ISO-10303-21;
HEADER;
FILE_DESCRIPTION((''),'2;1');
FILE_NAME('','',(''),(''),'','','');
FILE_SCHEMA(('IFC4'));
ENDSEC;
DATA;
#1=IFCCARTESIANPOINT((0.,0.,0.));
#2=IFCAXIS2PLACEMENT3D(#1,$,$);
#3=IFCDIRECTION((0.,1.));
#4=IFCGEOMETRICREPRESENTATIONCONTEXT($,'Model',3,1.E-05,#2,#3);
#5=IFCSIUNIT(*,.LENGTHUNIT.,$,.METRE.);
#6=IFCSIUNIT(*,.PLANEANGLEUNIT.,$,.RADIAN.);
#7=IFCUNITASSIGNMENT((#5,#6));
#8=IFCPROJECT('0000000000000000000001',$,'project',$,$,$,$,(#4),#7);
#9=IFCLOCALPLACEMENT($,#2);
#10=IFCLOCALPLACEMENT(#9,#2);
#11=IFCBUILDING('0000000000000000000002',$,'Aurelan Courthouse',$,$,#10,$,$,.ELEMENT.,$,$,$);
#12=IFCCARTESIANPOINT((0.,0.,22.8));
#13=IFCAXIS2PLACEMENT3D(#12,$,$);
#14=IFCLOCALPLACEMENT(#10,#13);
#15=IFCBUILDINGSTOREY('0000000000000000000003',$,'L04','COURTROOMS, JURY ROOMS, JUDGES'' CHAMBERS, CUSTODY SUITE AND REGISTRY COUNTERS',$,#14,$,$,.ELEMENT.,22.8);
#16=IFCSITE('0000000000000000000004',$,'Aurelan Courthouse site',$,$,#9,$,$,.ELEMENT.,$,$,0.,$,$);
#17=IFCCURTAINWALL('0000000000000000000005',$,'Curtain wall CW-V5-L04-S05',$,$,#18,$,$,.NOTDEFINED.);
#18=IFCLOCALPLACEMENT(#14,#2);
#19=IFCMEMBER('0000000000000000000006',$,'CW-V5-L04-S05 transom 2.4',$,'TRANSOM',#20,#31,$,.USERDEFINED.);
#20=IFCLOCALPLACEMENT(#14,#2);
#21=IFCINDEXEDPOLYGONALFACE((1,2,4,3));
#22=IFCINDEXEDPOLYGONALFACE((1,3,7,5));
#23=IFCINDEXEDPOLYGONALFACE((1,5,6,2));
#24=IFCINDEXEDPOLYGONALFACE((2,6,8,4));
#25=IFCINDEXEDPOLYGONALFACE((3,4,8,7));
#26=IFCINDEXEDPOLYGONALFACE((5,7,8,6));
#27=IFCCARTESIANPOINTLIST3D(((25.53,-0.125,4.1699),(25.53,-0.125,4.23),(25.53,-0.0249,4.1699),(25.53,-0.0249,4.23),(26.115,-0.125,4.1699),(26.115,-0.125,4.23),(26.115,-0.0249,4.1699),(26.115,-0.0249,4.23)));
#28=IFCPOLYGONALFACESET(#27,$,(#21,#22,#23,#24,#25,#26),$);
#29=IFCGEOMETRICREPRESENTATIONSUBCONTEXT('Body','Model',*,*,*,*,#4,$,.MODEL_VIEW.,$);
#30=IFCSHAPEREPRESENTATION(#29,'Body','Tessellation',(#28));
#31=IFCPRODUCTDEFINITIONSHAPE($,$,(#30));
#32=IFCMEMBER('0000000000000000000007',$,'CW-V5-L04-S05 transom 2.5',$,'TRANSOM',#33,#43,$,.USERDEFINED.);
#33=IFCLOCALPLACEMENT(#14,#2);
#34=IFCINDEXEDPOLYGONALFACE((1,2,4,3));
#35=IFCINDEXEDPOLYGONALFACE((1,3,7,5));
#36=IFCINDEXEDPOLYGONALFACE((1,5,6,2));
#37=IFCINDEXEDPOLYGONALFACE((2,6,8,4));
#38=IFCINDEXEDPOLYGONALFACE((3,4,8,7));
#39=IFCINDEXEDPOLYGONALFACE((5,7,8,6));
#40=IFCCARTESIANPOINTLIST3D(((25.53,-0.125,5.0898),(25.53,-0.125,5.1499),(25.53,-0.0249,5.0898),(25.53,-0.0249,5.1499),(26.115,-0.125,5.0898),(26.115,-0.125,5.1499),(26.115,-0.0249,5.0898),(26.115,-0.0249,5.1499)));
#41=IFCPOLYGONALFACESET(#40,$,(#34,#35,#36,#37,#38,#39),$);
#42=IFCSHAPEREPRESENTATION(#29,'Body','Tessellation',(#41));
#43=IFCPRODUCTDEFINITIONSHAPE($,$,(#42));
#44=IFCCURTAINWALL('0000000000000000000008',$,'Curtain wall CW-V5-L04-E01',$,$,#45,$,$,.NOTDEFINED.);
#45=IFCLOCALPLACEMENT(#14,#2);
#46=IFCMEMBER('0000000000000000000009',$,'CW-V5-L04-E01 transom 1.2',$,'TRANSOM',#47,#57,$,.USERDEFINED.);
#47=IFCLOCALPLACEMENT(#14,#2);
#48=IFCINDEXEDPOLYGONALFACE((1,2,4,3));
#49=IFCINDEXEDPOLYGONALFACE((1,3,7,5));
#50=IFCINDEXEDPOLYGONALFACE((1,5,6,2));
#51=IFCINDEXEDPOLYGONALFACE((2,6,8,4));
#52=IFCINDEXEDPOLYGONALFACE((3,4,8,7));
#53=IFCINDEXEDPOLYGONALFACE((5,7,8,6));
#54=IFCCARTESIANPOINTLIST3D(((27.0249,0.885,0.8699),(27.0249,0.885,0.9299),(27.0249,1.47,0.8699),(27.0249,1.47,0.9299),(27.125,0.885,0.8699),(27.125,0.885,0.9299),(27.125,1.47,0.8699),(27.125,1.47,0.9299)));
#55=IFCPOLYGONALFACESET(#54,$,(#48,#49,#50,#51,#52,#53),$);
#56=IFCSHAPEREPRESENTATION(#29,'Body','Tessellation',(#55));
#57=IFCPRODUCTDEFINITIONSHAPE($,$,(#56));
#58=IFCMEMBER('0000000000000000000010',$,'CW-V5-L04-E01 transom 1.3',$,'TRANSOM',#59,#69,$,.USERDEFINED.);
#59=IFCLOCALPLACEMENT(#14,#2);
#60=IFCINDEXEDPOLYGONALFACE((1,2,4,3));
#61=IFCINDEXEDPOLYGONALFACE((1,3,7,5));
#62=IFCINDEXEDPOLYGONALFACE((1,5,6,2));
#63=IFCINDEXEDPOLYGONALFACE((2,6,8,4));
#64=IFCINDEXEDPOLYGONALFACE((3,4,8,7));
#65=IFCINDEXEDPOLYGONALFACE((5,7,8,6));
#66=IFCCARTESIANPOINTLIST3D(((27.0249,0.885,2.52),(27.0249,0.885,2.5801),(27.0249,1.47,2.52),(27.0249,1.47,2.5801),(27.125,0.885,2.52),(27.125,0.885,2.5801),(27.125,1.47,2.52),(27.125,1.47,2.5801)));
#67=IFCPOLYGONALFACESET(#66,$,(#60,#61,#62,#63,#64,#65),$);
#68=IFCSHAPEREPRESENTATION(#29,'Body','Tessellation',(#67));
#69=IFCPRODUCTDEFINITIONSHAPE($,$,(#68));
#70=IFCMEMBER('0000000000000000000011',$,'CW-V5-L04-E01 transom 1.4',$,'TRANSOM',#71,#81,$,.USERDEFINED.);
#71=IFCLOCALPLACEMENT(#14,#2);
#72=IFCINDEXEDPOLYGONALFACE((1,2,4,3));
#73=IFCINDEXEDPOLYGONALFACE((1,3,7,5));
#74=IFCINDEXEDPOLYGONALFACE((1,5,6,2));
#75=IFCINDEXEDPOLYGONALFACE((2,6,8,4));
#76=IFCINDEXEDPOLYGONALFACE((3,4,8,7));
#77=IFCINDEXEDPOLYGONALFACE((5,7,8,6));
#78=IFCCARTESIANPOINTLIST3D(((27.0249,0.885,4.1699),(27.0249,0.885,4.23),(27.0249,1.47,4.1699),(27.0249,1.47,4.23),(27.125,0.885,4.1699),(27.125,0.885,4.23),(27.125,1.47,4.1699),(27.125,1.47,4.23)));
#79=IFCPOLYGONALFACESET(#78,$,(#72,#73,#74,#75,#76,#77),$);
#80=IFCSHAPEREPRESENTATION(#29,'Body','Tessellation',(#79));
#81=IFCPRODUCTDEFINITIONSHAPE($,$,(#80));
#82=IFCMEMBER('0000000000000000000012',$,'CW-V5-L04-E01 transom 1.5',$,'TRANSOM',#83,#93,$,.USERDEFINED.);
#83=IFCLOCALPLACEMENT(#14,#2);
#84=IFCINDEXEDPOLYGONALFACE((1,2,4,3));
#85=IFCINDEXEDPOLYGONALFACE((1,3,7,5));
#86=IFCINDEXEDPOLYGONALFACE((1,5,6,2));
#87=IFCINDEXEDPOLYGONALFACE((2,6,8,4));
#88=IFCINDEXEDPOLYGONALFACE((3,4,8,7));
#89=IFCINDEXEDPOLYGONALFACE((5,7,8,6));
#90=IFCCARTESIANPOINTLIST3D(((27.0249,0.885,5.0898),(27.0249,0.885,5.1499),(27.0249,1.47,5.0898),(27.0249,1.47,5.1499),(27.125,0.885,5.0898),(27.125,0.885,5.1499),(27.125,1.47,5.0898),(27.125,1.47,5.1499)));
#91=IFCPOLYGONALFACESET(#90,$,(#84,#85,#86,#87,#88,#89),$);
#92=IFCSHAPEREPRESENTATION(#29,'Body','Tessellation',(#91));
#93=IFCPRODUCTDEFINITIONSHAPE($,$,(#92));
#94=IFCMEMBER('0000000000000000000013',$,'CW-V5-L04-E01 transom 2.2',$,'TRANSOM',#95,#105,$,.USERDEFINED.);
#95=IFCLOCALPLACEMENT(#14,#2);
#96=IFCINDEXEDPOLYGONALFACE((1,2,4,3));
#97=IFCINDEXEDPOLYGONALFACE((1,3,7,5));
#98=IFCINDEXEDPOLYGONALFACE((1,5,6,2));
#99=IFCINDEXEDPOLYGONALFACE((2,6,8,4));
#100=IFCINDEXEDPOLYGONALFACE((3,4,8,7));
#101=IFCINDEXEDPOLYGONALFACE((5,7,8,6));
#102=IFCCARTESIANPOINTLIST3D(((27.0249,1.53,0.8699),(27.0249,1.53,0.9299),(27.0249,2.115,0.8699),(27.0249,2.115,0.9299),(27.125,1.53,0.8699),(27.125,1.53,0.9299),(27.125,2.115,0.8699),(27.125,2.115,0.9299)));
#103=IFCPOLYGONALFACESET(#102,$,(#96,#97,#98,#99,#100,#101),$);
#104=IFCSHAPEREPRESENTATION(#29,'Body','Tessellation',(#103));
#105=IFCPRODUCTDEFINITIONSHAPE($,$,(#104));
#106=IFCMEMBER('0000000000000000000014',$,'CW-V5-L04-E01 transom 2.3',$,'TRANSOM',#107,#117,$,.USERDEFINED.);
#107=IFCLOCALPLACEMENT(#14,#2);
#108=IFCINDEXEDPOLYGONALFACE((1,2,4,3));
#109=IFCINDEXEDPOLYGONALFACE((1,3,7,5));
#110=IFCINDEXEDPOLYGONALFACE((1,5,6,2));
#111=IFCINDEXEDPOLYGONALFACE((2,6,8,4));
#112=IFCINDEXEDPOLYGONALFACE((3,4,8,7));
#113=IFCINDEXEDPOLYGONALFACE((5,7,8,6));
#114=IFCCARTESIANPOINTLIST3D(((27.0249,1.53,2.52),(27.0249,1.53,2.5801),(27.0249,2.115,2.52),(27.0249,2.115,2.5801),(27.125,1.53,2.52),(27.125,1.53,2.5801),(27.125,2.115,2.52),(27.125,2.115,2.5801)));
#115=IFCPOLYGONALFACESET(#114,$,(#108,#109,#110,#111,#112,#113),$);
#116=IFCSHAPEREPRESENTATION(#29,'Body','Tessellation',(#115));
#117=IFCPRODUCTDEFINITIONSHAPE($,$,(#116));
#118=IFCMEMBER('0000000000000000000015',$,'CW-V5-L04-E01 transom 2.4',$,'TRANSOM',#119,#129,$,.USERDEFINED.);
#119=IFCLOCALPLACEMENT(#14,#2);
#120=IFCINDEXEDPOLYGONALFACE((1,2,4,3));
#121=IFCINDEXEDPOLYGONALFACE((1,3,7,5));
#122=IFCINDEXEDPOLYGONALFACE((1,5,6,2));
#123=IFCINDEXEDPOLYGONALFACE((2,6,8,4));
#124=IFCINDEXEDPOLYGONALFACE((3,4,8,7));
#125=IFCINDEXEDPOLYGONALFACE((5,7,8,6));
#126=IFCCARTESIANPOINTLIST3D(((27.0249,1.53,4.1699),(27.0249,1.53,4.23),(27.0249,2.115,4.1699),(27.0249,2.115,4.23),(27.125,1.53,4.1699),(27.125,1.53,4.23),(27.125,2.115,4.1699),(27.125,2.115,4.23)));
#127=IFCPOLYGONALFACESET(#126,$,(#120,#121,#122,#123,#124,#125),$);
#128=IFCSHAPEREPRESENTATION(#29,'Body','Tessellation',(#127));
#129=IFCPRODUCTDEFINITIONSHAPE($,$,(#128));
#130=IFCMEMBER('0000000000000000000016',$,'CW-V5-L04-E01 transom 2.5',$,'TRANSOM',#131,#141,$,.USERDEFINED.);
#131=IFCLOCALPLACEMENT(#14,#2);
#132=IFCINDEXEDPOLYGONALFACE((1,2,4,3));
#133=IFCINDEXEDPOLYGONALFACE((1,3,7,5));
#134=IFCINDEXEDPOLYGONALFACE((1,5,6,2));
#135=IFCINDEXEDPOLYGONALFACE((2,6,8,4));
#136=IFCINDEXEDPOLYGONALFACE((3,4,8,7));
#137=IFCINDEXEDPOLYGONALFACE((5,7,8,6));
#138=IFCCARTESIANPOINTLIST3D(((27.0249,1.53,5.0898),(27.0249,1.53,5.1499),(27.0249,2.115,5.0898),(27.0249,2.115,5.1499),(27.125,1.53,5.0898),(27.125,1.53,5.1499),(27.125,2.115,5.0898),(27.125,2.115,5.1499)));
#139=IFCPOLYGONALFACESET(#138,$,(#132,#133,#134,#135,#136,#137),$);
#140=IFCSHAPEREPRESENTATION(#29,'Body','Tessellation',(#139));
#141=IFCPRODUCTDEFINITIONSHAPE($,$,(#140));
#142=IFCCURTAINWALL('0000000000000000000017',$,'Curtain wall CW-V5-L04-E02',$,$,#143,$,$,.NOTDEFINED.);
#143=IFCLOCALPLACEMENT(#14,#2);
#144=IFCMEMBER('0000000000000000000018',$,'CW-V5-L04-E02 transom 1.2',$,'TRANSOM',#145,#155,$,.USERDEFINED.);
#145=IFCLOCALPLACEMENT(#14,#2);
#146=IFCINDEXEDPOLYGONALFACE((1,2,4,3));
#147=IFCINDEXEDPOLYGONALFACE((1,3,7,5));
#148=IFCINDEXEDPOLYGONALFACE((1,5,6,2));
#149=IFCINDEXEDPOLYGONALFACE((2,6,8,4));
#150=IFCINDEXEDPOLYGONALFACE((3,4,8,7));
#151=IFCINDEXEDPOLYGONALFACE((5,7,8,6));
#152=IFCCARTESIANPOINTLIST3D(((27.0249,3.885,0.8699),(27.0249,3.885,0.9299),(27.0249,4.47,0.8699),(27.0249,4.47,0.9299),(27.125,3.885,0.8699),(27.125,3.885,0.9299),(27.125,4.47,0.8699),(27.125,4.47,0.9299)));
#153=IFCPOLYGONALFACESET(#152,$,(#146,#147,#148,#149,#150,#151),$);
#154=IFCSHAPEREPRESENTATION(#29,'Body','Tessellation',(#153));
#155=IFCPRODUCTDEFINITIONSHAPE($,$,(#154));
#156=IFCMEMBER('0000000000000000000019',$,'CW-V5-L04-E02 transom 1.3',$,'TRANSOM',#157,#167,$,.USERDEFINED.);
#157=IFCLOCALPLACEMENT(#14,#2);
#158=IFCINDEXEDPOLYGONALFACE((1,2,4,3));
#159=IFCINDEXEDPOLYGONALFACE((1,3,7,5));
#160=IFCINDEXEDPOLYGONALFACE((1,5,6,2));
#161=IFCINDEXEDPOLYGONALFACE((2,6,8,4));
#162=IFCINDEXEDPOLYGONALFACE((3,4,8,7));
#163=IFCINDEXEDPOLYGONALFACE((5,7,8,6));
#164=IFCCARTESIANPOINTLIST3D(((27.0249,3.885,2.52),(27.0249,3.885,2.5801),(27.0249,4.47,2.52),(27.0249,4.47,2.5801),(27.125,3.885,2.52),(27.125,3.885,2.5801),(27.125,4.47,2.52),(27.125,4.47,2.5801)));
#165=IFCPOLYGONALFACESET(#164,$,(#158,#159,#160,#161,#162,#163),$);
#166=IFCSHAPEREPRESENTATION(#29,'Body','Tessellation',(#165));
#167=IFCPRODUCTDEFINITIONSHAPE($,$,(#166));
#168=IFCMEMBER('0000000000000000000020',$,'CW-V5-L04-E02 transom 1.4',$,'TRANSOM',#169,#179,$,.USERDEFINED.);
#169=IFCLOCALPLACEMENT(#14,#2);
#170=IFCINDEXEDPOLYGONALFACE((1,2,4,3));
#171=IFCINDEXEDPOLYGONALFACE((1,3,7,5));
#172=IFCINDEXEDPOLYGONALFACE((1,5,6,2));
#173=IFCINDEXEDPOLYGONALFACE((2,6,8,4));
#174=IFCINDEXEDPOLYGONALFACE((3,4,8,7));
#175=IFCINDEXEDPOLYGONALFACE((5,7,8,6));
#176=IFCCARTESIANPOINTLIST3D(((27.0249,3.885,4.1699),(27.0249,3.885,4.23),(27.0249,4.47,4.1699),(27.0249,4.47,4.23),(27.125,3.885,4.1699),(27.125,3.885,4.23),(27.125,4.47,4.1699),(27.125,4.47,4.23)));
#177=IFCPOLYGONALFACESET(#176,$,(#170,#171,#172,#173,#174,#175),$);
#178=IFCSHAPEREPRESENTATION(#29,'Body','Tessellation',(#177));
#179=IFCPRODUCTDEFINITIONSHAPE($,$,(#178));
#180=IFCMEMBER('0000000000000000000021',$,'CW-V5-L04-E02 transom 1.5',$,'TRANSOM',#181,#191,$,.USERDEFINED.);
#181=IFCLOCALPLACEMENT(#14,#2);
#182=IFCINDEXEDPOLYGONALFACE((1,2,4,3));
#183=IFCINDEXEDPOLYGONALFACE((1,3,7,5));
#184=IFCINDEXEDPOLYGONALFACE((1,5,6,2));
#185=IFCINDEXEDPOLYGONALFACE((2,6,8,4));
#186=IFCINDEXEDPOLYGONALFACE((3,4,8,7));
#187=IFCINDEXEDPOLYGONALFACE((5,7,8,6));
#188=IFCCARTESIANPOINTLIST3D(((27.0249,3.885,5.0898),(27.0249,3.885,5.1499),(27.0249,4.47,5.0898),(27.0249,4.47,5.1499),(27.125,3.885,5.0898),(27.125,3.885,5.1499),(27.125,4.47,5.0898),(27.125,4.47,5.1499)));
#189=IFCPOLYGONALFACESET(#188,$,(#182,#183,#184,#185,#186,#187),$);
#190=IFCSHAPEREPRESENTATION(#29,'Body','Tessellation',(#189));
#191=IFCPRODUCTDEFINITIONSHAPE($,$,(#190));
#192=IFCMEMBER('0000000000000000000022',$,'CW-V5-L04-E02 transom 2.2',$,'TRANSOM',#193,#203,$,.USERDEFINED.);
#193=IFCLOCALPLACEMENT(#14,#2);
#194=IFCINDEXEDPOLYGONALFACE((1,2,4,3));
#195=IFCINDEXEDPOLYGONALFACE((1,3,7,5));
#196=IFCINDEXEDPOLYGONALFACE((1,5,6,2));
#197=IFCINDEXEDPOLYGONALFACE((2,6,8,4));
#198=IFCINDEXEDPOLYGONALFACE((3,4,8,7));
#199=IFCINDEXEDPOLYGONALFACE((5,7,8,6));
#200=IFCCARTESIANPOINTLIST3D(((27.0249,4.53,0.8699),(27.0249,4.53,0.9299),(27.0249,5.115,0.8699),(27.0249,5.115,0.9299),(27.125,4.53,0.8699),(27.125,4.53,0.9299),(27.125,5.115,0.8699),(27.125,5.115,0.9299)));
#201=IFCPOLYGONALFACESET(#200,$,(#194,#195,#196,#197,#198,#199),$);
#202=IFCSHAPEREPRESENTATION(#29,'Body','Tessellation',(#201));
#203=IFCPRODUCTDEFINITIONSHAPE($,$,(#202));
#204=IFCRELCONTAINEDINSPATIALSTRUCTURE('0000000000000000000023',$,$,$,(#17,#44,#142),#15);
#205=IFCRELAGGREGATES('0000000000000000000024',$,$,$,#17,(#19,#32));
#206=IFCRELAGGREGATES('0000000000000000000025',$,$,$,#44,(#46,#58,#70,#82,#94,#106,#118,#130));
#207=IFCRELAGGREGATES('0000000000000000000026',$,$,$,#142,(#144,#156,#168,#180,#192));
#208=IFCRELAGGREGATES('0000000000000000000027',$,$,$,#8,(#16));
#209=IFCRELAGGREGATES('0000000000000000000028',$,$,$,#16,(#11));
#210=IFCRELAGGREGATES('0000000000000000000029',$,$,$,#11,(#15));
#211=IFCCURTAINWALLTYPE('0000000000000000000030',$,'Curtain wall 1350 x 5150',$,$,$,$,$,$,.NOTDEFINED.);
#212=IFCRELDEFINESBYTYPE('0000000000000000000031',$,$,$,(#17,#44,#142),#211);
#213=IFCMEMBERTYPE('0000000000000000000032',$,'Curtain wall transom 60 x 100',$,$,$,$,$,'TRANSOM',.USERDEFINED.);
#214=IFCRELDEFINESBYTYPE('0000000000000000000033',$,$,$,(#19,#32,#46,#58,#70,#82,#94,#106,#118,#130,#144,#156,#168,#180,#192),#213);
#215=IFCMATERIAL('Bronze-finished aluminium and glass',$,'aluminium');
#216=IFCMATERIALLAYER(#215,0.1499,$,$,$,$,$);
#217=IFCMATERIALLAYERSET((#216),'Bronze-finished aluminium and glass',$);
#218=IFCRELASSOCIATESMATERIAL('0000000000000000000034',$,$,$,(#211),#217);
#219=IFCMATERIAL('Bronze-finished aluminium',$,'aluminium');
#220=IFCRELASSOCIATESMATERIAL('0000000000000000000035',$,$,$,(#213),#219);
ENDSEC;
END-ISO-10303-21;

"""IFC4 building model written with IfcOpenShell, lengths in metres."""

from ifc_helpers import new_model, si_unit, direction, frame, origin, origin_2d, place, context, subcontext, project, spatial, rectangle, extrude, material, layer, layer_set, material_profile, profile_set, type_object, element, aggregate, save


model = new_model("IFC4")

# Units and contexts
model_context = context("Model", 3, precision=1e-05, world=origin(), true_north=direction((0.0, 1.0)))
body_context = subcontext(model_context, "Body", "Model", "MODEL_VIEW")
ifc_project = project(units=[si_unit("LENGTHUNIT", "METRE"), si_unit("PLANEANGLEUNIT", "RADIAN")], contexts=[model_context])

# Site, building, storey
site_placement = place(None, origin())
site = spatial("IfcSite", under=ifc_project, at=site_placement, Name="Aurelan Courthouse site", CompositionType="ELEMENT", RefElevation=0.0)
building_placement = place(site_placement, origin())
building = spatial("IfcBuilding", under=site, at=building_placement, Name="Aurelan Courthouse", CompositionType="ELEMENT")
storey_placement = place(building_placement, frame((0.0, 0.0, 22.8)))
storey = spatial("IfcBuildingStorey", under=building, at=storey_placement, Name="L04", Description="COURTROOMS, JURY ROOMS, JUDGES' CHAMBERS, CUSTODY SUITE AND REGISTRY COUNTERS", CompositionType="ELEMENT", Elevation=22.8)

# Curtain walls, members
ifc_material_1 = material(Name="Bronze-finished aluminium and glass", Category="aluminium")
ifc_layer_1 = layer(ifc_material_1, 0.1499)
ifc_layer_set_1 = layer_set([ifc_layer_1], Name="Bronze-finished aluminium and glass")
curtain_wall_type = type_object("IfcCurtainWallType", Name="Curtain wall 1350 x 5150", PredefinedType="NOTDEFINED", material=ifc_layer_set_1)
curtain_wall_1_placement = place(storey_placement, origin())
curtain_wall_1 = element("IfcCurtainWall", 1, at=curtain_wall_1_placement, inside=storey, type_object=curtain_wall_type, Name="Curtain wall CW-V5-L04-S05", PredefinedType="NOTDEFINED")
ifc_material_2 = material(Name="Bronze-finished aluminium", Category="aluminium")
ifc_material_profile = material_profile(ifc_material_2, rectangle(XDim=0.1001, YDim=0.0601, at=origin_2d()), Name="Bronze transom 60 x 100")
ifc_profile_set = profile_set([ifc_material_profile], Name="Bronze-finished aluminium")
member_type = type_object("IfcMemberType", Name="Curtain wall transom 60 x 100", ElementType="TRANSOM", PredefinedType="USERDEFINED", material=ifc_profile_set)
member_1_placement = place(storey_placement, frame((25.53, -0.075, 4.2), z_axis=(1.0, 0.0, 0.0), x_axis=(0.0, 1.0, 0.0)))
member_1 = element("IfcMember", 2, at=member_1_placement, type_object=member_type, Name="CW-V5-L04-S05 transom 2.4", ObjectType="TRANSOM", PredefinedType="USERDEFINED", context=body_context, shape_type="SweptSolid", body=[
    extrude(rectangle(XDim=0.1001, YDim=0.0601, at=origin_2d()), origin(), (0.0, 0.0, 1.0), 0.585),
])
member_2_placement = place(storey_placement, frame((25.53, -0.075, 5.1199), z_axis=(1.0, 0.0, 0.0), x_axis=(0.0, 1.0, 0.0)))
member_2 = element("IfcMember", 3, at=member_2_placement, type_object=member_type, Name="CW-V5-L04-S05 transom 2.5", ObjectType="TRANSOM", PredefinedType="USERDEFINED", context=body_context, shape_type="SweptSolid", body=[
    extrude(rectangle(XDim=0.1001, YDim=0.0601, at=origin_2d()), origin(), (0.0, 0.0, 1.0), 0.585),
])
curtain_wall_2_placement = place(storey_placement, origin())
curtain_wall_2 = element("IfcCurtainWall", 4, at=curtain_wall_2_placement, inside=storey, type_object=curtain_wall_type, Name="Curtain wall CW-V5-L04-E01", PredefinedType="NOTDEFINED")
member_3_placement = place(storey_placement, frame((27.075, 0.885, 0.8999), z_axis=(0.0, 1.0, 0.0), x_axis=(-1.0, 0.0, 0.0)))
member_3 = element("IfcMember", 5, at=member_3_placement, type_object=member_type, Name="CW-V5-L04-E01 transom 1.2", ObjectType="TRANSOM", PredefinedType="USERDEFINED", context=body_context, shape_type="SweptSolid", body=[
    extrude(rectangle(XDim=0.1001, YDim=0.0601, at=origin_2d()), origin(), (0.0, 0.0, 1.0), 0.585),
])
member_4_placement = place(storey_placement, frame((27.075, 0.885, 2.55), z_axis=(0.0, 1.0, 0.0), x_axis=(-1.0, 0.0, 0.0)))
member_4 = element("IfcMember", 6, at=member_4_placement, type_object=member_type, Name="CW-V5-L04-E01 transom 1.3", ObjectType="TRANSOM", PredefinedType="USERDEFINED", context=body_context, shape_type="SweptSolid", body=[
    extrude(rectangle(XDim=0.1001, YDim=0.0601, at=origin_2d()), origin(), (0.0, 0.0, 1.0), 0.585),
])
member_5_placement = place(storey_placement, frame((27.075, 0.885, 4.2), z_axis=(0.0, 1.0, 0.0), x_axis=(-1.0, 0.0, 0.0)))
member_5 = element("IfcMember", 7, at=member_5_placement, type_object=member_type, Name="CW-V5-L04-E01 transom 1.4", ObjectType="TRANSOM", PredefinedType="USERDEFINED", context=body_context, shape_type="SweptSolid", body=[
    extrude(rectangle(XDim=0.1001, YDim=0.0601, at=origin_2d()), origin(), (0.0, 0.0, 1.0), 0.585),
])
member_6_placement = place(storey_placement, frame((27.075, 0.885, 5.1199), z_axis=(0.0, 1.0, 0.0), x_axis=(-1.0, 0.0, 0.0)))
member_6 = element("IfcMember", 8, at=member_6_placement, type_object=member_type, Name="CW-V5-L04-E01 transom 1.5", ObjectType="TRANSOM", PredefinedType="USERDEFINED", context=body_context, shape_type="SweptSolid", body=[
    extrude(rectangle(XDim=0.1001, YDim=0.0601, at=origin_2d()), origin(), (0.0, 0.0, 1.0), 0.585),
])
member_7_placement = place(storey_placement, frame((27.075, 1.53, 0.8999), z_axis=(0.0, 1.0, 0.0), x_axis=(-1.0, 0.0, 0.0)))
member_7 = element("IfcMember", 9, at=member_7_placement, type_object=member_type, Name="CW-V5-L04-E01 transom 2.2", ObjectType="TRANSOM", PredefinedType="USERDEFINED", context=body_context, shape_type="SweptSolid", body=[
    extrude(rectangle(XDim=0.1001, YDim=0.0601, at=origin_2d()), origin(), (0.0, 0.0, 1.0), 0.585),
])
member_8_placement = place(storey_placement, frame((27.075, 1.53, 2.55), z_axis=(0.0, 1.0, 0.0), x_axis=(-1.0, 0.0, 0.0)))
member_8 = element("IfcMember", 10, at=member_8_placement, type_object=member_type, Name="CW-V5-L04-E01 transom 2.3", ObjectType="TRANSOM", PredefinedType="USERDEFINED", context=body_context, shape_type="SweptSolid", body=[
    extrude(rectangle(XDim=0.1001, YDim=0.0601, at=origin_2d()), origin(), (0.0, 0.0, 1.0), 0.585),
])
member_9_placement = place(storey_placement, frame((27.075, 1.53, 4.2), z_axis=(0.0, 1.0, 0.0), x_axis=(-1.0, 0.0, 0.0)))
member_9 = element("IfcMember", 11, at=member_9_placement, type_object=member_type, Name="CW-V5-L04-E01 transom 2.4", ObjectType="TRANSOM", PredefinedType="USERDEFINED", context=body_context, shape_type="SweptSolid", body=[
    extrude(rectangle(XDim=0.1001, YDim=0.0601, at=origin_2d()), origin(), (0.0, 0.0, 1.0), 0.585),
])
member_10_placement = place(storey_placement, frame((27.075, 1.53, 5.1199), z_axis=(0.0, 1.0, 0.0), x_axis=(-1.0, 0.0, 0.0)))
member_10 = element("IfcMember", 12, at=member_10_placement, type_object=member_type, Name="CW-V5-L04-E01 transom 2.5", ObjectType="TRANSOM", PredefinedType="USERDEFINED", context=body_context, shape_type="SweptSolid", body=[
    extrude(rectangle(XDim=0.1001, YDim=0.0601, at=origin_2d()), origin(), (0.0, 0.0, 1.0), 0.585),
])
curtain_wall_3_placement = place(storey_placement, origin())
curtain_wall_3 = element("IfcCurtainWall", 13, at=curtain_wall_3_placement, inside=storey, type_object=curtain_wall_type, Name="Curtain wall CW-V5-L04-E02", PredefinedType="NOTDEFINED")
member_11_placement = place(storey_placement, frame((27.075, 3.885, 0.8999), z_axis=(0.0, 1.0, 0.0), x_axis=(-1.0, 0.0, 0.0)))
member_11 = element("IfcMember", 14, at=member_11_placement, type_object=member_type, Name="CW-V5-L04-E02 transom 1.2", ObjectType="TRANSOM", PredefinedType="USERDEFINED", context=body_context, shape_type="SweptSolid", body=[
    extrude(rectangle(XDim=0.1001, YDim=0.0601, at=origin_2d()), origin(), (0.0, 0.0, 1.0), 0.585),
])
member_12_placement = place(storey_placement, frame((27.075, 3.885, 2.55), z_axis=(0.0, 1.0, 0.0), x_axis=(-1.0, 0.0, 0.0)))
member_12 = element("IfcMember", 15, at=member_12_placement, type_object=member_type, Name="CW-V5-L04-E02 transom 1.3", ObjectType="TRANSOM", PredefinedType="USERDEFINED", context=body_context, shape_type="SweptSolid", body=[
    extrude(rectangle(XDim=0.1001, YDim=0.0601, at=origin_2d()), origin(), (0.0, 0.0, 1.0), 0.585),
])
member_13_placement = place(storey_placement, frame((27.075, 3.885, 4.2), z_axis=(0.0, 1.0, 0.0), x_axis=(-1.0, 0.0, 0.0)))
member_13 = element("IfcMember", 16, at=member_13_placement, type_object=member_type, Name="CW-V5-L04-E02 transom 1.4", ObjectType="TRANSOM", PredefinedType="USERDEFINED", context=body_context, shape_type="SweptSolid", body=[
    extrude(rectangle(XDim=0.1001, YDim=0.0601, at=origin_2d()), origin(), (0.0, 0.0, 1.0), 0.585),
])
member_14_placement = place(storey_placement, frame((27.075, 3.885, 5.1199), z_axis=(0.0, 1.0, 0.0), x_axis=(-1.0, 0.0, 0.0)))
member_14 = element("IfcMember", 17, at=member_14_placement, type_object=member_type, Name="CW-V5-L04-E02 transom 1.5", ObjectType="TRANSOM", PredefinedType="USERDEFINED", context=body_context, shape_type="SweptSolid", body=[
    extrude(rectangle(XDim=0.1001, YDim=0.0601, at=origin_2d()), origin(), (0.0, 0.0, 1.0), 0.585),
])
member_15_placement = place(storey_placement, frame((27.075, 4.53, 0.8999), z_axis=(0.0, 1.0, 0.0), x_axis=(-1.0, 0.0, 0.0)))
member_15 = element("IfcMember", 18, at=member_15_placement, type_object=member_type, Name="CW-V5-L04-E02 transom 2.2", ObjectType="TRANSOM", PredefinedType="USERDEFINED", context=body_context, shape_type="SweptSolid", body=[
    extrude(rectangle(XDim=0.1001, YDim=0.0601, at=origin_2d()), origin(), (0.0, 0.0, 1.0), 0.585),
])

aggregate(curtain_wall_1, [member_1, member_2])
aggregate(curtain_wall_2, [member_3, member_4, member_5, member_6, member_7, member_8, member_9, member_10])
aggregate(curtain_wall_3, [member_11, member_12, member_13, member_14, member_15])

save(model, "model.ifc")
